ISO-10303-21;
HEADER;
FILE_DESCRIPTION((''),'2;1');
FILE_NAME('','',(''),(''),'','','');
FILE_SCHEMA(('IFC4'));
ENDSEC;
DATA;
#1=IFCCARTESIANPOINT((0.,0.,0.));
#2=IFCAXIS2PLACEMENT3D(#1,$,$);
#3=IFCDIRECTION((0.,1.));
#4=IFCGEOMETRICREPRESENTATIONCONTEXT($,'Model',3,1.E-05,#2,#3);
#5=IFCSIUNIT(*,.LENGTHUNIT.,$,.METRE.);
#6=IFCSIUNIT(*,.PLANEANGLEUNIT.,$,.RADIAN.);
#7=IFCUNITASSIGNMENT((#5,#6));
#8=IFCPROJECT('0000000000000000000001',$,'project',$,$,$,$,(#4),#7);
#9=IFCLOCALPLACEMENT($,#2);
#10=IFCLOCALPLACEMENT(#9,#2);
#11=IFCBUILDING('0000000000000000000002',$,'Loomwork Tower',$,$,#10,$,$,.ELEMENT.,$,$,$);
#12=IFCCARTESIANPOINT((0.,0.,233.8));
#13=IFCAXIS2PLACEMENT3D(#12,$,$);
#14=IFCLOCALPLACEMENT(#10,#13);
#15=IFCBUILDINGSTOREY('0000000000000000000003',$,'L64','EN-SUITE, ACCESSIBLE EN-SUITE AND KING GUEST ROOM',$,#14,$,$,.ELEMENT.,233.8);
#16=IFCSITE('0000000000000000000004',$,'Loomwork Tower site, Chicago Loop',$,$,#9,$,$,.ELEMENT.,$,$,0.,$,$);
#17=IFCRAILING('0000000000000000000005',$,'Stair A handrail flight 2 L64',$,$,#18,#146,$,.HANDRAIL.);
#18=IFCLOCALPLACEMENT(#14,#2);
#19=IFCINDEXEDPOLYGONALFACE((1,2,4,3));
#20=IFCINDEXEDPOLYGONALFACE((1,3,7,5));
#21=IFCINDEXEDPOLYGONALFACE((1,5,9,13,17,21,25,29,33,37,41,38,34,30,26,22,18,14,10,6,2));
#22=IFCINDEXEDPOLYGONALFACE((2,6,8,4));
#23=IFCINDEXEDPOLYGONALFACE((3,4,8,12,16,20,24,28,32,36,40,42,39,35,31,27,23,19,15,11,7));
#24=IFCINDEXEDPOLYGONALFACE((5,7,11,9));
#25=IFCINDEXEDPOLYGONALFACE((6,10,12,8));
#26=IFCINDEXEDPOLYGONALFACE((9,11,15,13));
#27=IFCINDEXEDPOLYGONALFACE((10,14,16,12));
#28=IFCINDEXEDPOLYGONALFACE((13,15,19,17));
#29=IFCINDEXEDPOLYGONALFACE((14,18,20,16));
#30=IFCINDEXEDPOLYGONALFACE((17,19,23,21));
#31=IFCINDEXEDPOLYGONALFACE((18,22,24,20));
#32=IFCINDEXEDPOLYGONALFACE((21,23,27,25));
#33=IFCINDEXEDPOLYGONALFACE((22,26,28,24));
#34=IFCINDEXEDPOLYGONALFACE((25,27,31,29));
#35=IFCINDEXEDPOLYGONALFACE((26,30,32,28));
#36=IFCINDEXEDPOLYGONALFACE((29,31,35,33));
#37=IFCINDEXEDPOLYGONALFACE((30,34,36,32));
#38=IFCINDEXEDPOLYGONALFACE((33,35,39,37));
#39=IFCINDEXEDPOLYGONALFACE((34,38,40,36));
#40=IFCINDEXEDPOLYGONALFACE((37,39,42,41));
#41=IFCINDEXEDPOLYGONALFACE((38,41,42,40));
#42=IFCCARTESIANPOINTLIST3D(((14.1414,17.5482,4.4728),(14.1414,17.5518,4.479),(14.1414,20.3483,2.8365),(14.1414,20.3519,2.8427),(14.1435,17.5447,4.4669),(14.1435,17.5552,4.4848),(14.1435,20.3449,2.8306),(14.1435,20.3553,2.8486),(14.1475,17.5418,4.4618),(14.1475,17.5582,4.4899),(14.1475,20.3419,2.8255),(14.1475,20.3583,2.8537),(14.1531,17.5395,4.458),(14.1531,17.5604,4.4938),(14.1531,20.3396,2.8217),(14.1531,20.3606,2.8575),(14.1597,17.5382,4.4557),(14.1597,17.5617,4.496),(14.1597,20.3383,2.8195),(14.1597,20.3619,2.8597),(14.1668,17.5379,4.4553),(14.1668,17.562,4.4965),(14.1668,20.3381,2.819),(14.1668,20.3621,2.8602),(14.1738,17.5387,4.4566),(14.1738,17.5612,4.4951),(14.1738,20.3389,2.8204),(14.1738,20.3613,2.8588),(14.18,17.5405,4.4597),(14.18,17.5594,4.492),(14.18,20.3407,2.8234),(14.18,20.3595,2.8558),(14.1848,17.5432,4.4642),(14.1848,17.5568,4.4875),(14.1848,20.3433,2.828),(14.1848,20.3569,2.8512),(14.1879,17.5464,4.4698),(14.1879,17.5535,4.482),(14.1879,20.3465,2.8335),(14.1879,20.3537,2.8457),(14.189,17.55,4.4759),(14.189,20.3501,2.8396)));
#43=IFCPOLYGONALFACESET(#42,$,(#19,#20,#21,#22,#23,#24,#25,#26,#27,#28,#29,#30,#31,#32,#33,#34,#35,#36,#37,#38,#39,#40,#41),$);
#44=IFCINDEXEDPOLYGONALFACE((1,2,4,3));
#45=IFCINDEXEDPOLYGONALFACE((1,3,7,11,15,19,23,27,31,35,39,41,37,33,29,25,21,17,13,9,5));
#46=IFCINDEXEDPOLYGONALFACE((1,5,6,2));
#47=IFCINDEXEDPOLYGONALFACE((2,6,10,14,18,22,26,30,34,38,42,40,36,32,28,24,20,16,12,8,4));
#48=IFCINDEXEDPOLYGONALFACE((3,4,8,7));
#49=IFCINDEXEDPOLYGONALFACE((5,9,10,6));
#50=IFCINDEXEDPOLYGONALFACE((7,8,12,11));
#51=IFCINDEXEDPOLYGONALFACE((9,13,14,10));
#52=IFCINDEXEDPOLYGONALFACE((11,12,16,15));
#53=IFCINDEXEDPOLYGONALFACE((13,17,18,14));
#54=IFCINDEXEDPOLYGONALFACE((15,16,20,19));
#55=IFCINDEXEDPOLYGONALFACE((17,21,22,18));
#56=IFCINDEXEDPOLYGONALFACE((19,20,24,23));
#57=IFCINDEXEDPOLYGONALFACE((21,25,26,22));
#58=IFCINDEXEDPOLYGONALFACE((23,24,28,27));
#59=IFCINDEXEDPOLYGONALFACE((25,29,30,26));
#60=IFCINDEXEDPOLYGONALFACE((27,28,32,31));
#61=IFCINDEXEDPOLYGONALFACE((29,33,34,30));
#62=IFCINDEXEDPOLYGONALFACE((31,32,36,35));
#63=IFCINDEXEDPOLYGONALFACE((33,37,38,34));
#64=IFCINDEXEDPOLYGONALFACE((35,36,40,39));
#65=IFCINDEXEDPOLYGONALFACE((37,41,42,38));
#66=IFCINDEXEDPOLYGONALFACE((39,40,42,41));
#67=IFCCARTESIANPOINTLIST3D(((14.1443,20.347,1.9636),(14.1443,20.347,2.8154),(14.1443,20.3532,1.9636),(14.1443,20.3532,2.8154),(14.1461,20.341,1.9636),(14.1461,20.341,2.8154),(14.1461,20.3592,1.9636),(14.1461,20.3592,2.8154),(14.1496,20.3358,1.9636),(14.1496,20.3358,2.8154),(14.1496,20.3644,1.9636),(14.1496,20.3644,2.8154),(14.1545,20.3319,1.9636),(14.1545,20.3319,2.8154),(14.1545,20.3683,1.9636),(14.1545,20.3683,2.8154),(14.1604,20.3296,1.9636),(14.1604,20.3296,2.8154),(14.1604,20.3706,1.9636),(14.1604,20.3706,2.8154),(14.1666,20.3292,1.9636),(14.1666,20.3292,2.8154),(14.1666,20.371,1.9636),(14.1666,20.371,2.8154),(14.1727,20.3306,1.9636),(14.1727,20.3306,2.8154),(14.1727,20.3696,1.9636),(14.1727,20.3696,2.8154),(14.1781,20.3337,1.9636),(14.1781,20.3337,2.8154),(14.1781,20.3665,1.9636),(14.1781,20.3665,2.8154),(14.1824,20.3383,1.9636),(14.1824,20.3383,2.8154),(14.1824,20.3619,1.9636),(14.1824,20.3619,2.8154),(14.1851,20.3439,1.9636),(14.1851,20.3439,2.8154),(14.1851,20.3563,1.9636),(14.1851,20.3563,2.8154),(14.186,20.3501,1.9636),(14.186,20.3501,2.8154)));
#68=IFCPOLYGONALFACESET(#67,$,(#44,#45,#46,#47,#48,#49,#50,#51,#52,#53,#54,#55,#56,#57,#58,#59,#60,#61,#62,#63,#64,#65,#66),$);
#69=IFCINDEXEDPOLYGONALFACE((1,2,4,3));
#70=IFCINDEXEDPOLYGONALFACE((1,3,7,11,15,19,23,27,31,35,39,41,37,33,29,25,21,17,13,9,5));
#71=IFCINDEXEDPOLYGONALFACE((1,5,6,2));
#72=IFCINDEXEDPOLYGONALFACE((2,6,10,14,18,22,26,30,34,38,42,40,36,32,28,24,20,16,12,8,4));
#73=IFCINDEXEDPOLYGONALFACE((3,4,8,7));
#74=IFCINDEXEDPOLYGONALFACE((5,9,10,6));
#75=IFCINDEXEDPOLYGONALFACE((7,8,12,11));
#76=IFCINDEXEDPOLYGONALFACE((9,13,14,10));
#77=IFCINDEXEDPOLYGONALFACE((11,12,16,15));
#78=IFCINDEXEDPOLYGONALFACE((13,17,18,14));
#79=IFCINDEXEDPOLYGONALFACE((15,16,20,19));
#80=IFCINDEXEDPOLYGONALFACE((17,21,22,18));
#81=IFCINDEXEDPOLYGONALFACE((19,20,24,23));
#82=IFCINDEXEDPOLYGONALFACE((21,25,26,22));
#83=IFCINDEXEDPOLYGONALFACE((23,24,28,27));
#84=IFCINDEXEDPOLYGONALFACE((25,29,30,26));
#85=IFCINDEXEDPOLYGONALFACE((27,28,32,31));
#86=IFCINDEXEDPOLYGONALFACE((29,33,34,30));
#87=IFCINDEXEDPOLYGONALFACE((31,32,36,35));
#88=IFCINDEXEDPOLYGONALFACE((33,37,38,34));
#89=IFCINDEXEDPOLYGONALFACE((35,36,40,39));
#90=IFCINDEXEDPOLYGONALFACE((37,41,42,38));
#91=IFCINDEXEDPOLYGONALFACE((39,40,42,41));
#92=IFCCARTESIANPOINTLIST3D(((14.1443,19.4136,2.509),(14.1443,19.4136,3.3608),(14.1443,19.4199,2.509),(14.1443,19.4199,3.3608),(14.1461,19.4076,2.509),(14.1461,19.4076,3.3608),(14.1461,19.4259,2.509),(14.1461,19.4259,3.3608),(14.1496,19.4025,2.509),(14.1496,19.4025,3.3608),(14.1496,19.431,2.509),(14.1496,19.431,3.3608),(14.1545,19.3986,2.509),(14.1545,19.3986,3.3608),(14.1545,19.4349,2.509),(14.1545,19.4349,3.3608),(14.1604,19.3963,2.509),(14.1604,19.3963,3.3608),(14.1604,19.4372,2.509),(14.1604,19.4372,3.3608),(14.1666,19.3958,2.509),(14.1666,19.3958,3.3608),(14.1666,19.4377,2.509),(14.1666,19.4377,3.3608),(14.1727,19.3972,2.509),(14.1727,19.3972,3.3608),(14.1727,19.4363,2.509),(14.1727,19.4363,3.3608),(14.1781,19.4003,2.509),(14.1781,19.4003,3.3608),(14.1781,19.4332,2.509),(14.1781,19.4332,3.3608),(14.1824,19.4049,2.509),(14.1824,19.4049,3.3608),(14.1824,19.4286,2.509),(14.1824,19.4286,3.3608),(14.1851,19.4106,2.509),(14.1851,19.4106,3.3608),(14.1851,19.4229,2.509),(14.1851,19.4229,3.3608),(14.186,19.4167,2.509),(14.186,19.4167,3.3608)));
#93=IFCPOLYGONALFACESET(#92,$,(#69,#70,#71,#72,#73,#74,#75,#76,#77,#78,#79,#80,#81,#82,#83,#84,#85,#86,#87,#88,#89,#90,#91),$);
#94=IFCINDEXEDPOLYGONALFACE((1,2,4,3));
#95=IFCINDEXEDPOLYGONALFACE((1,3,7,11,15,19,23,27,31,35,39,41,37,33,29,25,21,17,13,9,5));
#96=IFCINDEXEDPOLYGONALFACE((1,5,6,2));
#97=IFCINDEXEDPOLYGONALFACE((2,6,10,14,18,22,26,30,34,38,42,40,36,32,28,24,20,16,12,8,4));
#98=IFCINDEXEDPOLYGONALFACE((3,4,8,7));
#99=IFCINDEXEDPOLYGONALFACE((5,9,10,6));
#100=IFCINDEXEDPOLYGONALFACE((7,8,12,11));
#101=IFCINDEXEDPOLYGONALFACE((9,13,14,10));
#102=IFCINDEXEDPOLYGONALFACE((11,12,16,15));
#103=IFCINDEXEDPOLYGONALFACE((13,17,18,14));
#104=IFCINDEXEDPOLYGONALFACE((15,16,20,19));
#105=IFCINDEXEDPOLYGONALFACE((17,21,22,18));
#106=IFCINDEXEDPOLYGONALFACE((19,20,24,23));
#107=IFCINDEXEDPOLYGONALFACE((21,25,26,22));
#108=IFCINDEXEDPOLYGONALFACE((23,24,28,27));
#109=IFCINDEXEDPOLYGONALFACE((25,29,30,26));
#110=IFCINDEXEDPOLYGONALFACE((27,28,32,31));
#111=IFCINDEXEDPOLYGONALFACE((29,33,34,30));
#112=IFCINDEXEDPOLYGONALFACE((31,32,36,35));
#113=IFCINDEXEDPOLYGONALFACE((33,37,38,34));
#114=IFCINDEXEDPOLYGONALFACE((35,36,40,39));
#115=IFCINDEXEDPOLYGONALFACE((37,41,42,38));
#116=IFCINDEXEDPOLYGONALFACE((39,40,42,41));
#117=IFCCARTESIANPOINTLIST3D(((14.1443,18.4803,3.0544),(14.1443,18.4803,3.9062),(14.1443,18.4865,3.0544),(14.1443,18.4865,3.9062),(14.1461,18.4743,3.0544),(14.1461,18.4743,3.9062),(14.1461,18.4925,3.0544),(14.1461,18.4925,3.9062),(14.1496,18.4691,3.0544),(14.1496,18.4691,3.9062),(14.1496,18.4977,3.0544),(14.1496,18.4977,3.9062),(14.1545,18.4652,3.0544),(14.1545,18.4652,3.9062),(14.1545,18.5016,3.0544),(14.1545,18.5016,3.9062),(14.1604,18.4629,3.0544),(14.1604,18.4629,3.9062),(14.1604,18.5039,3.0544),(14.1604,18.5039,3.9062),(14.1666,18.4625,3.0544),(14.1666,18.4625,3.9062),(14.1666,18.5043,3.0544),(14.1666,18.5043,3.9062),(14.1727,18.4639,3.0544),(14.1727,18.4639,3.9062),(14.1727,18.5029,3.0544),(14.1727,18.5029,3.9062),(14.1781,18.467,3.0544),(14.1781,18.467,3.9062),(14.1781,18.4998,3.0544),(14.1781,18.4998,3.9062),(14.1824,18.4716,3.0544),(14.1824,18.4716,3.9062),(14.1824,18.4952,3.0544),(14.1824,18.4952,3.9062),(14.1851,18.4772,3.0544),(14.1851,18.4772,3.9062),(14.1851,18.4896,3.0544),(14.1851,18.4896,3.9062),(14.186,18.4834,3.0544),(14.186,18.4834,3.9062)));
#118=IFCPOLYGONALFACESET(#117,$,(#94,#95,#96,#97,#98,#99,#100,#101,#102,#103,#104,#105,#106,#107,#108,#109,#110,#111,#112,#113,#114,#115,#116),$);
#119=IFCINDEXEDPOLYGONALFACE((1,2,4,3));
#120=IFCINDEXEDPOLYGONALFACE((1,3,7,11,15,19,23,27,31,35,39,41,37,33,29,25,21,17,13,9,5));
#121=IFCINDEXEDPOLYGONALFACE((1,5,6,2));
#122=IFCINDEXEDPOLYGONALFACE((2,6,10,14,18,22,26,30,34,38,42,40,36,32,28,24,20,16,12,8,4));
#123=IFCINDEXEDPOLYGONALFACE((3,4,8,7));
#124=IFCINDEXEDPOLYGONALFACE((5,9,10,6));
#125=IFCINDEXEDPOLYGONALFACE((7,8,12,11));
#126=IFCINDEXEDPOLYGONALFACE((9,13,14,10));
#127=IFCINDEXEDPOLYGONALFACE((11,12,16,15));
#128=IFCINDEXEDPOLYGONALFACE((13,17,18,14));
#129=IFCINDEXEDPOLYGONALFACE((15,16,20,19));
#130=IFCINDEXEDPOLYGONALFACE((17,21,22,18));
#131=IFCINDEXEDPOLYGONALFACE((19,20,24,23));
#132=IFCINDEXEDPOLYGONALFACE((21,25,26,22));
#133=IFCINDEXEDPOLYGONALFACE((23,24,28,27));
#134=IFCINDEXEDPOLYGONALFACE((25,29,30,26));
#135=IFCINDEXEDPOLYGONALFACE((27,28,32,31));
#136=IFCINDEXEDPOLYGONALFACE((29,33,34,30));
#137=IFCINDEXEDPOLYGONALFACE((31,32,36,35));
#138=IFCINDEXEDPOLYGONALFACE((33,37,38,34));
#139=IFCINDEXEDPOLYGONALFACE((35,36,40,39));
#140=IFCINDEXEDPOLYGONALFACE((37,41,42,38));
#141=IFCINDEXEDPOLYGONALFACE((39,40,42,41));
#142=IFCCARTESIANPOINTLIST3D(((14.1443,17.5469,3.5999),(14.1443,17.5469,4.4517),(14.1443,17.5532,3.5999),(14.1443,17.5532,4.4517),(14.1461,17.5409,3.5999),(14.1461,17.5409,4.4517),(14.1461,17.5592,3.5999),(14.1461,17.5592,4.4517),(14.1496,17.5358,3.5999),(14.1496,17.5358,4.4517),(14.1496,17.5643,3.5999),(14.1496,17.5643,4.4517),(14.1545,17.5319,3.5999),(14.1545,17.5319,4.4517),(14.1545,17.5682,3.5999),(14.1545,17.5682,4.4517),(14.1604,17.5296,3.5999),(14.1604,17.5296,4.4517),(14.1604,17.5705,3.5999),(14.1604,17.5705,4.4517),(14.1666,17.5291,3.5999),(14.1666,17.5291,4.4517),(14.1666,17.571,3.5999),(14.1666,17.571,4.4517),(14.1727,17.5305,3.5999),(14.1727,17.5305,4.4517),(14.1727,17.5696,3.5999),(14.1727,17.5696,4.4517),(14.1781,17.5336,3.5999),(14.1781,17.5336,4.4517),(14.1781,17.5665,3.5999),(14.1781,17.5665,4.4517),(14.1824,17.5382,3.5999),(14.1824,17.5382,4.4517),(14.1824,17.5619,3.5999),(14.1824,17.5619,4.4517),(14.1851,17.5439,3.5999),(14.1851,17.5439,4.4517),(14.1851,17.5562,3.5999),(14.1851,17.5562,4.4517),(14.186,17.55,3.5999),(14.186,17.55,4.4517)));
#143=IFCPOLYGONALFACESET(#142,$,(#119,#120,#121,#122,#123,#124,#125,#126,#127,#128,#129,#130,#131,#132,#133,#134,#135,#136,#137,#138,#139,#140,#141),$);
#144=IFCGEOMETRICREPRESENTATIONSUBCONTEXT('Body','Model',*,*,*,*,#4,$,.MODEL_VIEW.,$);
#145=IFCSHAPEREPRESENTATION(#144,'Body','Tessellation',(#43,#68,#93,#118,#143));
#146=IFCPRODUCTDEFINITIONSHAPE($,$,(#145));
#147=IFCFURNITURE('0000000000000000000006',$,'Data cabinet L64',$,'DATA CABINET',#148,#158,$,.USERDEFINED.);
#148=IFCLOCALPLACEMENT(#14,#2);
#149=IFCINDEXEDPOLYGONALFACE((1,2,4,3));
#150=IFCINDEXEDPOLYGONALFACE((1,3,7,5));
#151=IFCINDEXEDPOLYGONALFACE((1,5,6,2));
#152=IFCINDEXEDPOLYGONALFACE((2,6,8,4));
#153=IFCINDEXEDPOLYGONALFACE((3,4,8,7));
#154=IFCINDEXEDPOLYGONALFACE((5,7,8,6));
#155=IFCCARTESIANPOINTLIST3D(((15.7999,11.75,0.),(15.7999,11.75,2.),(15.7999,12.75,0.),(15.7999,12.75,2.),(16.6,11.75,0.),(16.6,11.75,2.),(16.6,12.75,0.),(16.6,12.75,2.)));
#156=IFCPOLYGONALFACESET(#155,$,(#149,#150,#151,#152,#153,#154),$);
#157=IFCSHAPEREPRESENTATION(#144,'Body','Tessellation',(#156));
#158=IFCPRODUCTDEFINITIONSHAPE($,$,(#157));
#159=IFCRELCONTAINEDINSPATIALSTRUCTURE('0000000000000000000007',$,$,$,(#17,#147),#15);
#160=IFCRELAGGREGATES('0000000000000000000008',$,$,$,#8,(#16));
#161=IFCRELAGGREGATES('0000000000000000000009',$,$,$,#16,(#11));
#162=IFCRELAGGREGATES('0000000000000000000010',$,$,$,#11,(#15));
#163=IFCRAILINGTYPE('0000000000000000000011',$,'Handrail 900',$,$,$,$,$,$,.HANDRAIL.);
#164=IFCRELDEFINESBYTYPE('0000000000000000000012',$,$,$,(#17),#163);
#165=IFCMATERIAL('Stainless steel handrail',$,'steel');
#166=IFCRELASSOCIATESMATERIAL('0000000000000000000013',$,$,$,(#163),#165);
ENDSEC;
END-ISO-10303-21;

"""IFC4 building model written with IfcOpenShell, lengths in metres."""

from ifc_helpers import new_model, si_unit, direction, frame, origin, origin_2d, place, context, subcontext, project, spatial, rectangle, circle, extrude, material, type_object, element, save


model = new_model("IFC4")

# Units and contexts
model_context = context("Model", 3, precision=1e-05, world=origin(), true_north=direction((0.0, 1.0)))
body_context = subcontext(model_context, "Body", "Model", "MODEL_VIEW")
ifc_project = project(units=[si_unit("LENGTHUNIT", "METRE"), si_unit("PLANEANGLEUNIT", "RADIAN")], contexts=[model_context])

# Site, building, storey
site_placement = place(None, origin())
site = spatial("IfcSite", under=ifc_project, at=site_placement, Name="Loomwork Tower site, Chicago Loop", CompositionType="ELEMENT", RefElevation=0.0)
building_placement = place(site_placement, origin())
building = spatial("IfcBuilding", under=site, at=building_placement, Name="Loomwork Tower", CompositionType="ELEMENT")
storey_placement = place(building_placement, frame((0.0, 0.0, 233.8)))
storey = spatial("IfcBuildingStorey", under=building, at=storey_placement, Name="L64", Description="EN-SUITE, ACCESSIBLE EN-SUITE AND KING GUEST ROOM", CompositionType="ELEMENT", Elevation=233.8)

# Railing
ifc_material_1 = material(Name="Stainless steel handrail", Category="steel")
railing_type = type_object("IfcRailingType", Name="Handrail 900", PredefinedType="HANDRAIL", material=ifc_material_1)
railing_placement = place(storey_placement, frame((14.165, 20.3501, 1.9636)))
element("IfcRailing", 1, at=railing_placement, inside=storey, type_object=railing_type, Name="Stair A handrail flight 2 L64", PredefinedType="HANDRAIL", context=body_context, shape_type="SweptSolid", body=[
    extrude(circle(Radius=0.0239, at=origin_2d()), frame((0.0, 0.0, 0.876), z_axis=(0.0, -0.863394, 0.504531), x_axis=(1.0, 0.0, 0.0)), (0.0, 0.0, 1.0), 3.2432),
    extrude(circle(Radius=0.021, at=origin_2d()), origin(), (0.0, 0.0, 1.0), 0.8518),
    extrude(circle(Radius=0.021, at=origin_2d()), frame((0.0, -0.9333, 0.5454)), (0.0, 0.0, 1.0), 0.8518),
    extrude(circle(Radius=0.021, at=origin_2d()), frame((0.0, -1.8667, 1.0908)), (0.0, 0.0, 1.0), 0.8518),
    extrude(circle(Radius=0.021, at=origin_2d()), frame((0.0, -2.8, 1.6362)), (0.0, 0.0, 1.0), 0.8518),
])

# Furniture
furniture_placement = place(storey_placement, frame((16.2, 12.25, 0.0), z_axis=(0.0, 0.0, 1.0), x_axis=(1.0, 0.0, 0.0)))
element("IfcFurniture", 2, at=furniture_placement, inside=storey, Name="Data cabinet L64", ObjectType="DATA CABINET", PredefinedType="USERDEFINED", context=body_context, shape_type="SweptSolid", body=[
    extrude(rectangle(XDim=0.8, YDim=1.0, at=origin_2d()), origin(), (0.0, 0.0, 1.0), 2.0),
])

save(model, "model.ifc")
